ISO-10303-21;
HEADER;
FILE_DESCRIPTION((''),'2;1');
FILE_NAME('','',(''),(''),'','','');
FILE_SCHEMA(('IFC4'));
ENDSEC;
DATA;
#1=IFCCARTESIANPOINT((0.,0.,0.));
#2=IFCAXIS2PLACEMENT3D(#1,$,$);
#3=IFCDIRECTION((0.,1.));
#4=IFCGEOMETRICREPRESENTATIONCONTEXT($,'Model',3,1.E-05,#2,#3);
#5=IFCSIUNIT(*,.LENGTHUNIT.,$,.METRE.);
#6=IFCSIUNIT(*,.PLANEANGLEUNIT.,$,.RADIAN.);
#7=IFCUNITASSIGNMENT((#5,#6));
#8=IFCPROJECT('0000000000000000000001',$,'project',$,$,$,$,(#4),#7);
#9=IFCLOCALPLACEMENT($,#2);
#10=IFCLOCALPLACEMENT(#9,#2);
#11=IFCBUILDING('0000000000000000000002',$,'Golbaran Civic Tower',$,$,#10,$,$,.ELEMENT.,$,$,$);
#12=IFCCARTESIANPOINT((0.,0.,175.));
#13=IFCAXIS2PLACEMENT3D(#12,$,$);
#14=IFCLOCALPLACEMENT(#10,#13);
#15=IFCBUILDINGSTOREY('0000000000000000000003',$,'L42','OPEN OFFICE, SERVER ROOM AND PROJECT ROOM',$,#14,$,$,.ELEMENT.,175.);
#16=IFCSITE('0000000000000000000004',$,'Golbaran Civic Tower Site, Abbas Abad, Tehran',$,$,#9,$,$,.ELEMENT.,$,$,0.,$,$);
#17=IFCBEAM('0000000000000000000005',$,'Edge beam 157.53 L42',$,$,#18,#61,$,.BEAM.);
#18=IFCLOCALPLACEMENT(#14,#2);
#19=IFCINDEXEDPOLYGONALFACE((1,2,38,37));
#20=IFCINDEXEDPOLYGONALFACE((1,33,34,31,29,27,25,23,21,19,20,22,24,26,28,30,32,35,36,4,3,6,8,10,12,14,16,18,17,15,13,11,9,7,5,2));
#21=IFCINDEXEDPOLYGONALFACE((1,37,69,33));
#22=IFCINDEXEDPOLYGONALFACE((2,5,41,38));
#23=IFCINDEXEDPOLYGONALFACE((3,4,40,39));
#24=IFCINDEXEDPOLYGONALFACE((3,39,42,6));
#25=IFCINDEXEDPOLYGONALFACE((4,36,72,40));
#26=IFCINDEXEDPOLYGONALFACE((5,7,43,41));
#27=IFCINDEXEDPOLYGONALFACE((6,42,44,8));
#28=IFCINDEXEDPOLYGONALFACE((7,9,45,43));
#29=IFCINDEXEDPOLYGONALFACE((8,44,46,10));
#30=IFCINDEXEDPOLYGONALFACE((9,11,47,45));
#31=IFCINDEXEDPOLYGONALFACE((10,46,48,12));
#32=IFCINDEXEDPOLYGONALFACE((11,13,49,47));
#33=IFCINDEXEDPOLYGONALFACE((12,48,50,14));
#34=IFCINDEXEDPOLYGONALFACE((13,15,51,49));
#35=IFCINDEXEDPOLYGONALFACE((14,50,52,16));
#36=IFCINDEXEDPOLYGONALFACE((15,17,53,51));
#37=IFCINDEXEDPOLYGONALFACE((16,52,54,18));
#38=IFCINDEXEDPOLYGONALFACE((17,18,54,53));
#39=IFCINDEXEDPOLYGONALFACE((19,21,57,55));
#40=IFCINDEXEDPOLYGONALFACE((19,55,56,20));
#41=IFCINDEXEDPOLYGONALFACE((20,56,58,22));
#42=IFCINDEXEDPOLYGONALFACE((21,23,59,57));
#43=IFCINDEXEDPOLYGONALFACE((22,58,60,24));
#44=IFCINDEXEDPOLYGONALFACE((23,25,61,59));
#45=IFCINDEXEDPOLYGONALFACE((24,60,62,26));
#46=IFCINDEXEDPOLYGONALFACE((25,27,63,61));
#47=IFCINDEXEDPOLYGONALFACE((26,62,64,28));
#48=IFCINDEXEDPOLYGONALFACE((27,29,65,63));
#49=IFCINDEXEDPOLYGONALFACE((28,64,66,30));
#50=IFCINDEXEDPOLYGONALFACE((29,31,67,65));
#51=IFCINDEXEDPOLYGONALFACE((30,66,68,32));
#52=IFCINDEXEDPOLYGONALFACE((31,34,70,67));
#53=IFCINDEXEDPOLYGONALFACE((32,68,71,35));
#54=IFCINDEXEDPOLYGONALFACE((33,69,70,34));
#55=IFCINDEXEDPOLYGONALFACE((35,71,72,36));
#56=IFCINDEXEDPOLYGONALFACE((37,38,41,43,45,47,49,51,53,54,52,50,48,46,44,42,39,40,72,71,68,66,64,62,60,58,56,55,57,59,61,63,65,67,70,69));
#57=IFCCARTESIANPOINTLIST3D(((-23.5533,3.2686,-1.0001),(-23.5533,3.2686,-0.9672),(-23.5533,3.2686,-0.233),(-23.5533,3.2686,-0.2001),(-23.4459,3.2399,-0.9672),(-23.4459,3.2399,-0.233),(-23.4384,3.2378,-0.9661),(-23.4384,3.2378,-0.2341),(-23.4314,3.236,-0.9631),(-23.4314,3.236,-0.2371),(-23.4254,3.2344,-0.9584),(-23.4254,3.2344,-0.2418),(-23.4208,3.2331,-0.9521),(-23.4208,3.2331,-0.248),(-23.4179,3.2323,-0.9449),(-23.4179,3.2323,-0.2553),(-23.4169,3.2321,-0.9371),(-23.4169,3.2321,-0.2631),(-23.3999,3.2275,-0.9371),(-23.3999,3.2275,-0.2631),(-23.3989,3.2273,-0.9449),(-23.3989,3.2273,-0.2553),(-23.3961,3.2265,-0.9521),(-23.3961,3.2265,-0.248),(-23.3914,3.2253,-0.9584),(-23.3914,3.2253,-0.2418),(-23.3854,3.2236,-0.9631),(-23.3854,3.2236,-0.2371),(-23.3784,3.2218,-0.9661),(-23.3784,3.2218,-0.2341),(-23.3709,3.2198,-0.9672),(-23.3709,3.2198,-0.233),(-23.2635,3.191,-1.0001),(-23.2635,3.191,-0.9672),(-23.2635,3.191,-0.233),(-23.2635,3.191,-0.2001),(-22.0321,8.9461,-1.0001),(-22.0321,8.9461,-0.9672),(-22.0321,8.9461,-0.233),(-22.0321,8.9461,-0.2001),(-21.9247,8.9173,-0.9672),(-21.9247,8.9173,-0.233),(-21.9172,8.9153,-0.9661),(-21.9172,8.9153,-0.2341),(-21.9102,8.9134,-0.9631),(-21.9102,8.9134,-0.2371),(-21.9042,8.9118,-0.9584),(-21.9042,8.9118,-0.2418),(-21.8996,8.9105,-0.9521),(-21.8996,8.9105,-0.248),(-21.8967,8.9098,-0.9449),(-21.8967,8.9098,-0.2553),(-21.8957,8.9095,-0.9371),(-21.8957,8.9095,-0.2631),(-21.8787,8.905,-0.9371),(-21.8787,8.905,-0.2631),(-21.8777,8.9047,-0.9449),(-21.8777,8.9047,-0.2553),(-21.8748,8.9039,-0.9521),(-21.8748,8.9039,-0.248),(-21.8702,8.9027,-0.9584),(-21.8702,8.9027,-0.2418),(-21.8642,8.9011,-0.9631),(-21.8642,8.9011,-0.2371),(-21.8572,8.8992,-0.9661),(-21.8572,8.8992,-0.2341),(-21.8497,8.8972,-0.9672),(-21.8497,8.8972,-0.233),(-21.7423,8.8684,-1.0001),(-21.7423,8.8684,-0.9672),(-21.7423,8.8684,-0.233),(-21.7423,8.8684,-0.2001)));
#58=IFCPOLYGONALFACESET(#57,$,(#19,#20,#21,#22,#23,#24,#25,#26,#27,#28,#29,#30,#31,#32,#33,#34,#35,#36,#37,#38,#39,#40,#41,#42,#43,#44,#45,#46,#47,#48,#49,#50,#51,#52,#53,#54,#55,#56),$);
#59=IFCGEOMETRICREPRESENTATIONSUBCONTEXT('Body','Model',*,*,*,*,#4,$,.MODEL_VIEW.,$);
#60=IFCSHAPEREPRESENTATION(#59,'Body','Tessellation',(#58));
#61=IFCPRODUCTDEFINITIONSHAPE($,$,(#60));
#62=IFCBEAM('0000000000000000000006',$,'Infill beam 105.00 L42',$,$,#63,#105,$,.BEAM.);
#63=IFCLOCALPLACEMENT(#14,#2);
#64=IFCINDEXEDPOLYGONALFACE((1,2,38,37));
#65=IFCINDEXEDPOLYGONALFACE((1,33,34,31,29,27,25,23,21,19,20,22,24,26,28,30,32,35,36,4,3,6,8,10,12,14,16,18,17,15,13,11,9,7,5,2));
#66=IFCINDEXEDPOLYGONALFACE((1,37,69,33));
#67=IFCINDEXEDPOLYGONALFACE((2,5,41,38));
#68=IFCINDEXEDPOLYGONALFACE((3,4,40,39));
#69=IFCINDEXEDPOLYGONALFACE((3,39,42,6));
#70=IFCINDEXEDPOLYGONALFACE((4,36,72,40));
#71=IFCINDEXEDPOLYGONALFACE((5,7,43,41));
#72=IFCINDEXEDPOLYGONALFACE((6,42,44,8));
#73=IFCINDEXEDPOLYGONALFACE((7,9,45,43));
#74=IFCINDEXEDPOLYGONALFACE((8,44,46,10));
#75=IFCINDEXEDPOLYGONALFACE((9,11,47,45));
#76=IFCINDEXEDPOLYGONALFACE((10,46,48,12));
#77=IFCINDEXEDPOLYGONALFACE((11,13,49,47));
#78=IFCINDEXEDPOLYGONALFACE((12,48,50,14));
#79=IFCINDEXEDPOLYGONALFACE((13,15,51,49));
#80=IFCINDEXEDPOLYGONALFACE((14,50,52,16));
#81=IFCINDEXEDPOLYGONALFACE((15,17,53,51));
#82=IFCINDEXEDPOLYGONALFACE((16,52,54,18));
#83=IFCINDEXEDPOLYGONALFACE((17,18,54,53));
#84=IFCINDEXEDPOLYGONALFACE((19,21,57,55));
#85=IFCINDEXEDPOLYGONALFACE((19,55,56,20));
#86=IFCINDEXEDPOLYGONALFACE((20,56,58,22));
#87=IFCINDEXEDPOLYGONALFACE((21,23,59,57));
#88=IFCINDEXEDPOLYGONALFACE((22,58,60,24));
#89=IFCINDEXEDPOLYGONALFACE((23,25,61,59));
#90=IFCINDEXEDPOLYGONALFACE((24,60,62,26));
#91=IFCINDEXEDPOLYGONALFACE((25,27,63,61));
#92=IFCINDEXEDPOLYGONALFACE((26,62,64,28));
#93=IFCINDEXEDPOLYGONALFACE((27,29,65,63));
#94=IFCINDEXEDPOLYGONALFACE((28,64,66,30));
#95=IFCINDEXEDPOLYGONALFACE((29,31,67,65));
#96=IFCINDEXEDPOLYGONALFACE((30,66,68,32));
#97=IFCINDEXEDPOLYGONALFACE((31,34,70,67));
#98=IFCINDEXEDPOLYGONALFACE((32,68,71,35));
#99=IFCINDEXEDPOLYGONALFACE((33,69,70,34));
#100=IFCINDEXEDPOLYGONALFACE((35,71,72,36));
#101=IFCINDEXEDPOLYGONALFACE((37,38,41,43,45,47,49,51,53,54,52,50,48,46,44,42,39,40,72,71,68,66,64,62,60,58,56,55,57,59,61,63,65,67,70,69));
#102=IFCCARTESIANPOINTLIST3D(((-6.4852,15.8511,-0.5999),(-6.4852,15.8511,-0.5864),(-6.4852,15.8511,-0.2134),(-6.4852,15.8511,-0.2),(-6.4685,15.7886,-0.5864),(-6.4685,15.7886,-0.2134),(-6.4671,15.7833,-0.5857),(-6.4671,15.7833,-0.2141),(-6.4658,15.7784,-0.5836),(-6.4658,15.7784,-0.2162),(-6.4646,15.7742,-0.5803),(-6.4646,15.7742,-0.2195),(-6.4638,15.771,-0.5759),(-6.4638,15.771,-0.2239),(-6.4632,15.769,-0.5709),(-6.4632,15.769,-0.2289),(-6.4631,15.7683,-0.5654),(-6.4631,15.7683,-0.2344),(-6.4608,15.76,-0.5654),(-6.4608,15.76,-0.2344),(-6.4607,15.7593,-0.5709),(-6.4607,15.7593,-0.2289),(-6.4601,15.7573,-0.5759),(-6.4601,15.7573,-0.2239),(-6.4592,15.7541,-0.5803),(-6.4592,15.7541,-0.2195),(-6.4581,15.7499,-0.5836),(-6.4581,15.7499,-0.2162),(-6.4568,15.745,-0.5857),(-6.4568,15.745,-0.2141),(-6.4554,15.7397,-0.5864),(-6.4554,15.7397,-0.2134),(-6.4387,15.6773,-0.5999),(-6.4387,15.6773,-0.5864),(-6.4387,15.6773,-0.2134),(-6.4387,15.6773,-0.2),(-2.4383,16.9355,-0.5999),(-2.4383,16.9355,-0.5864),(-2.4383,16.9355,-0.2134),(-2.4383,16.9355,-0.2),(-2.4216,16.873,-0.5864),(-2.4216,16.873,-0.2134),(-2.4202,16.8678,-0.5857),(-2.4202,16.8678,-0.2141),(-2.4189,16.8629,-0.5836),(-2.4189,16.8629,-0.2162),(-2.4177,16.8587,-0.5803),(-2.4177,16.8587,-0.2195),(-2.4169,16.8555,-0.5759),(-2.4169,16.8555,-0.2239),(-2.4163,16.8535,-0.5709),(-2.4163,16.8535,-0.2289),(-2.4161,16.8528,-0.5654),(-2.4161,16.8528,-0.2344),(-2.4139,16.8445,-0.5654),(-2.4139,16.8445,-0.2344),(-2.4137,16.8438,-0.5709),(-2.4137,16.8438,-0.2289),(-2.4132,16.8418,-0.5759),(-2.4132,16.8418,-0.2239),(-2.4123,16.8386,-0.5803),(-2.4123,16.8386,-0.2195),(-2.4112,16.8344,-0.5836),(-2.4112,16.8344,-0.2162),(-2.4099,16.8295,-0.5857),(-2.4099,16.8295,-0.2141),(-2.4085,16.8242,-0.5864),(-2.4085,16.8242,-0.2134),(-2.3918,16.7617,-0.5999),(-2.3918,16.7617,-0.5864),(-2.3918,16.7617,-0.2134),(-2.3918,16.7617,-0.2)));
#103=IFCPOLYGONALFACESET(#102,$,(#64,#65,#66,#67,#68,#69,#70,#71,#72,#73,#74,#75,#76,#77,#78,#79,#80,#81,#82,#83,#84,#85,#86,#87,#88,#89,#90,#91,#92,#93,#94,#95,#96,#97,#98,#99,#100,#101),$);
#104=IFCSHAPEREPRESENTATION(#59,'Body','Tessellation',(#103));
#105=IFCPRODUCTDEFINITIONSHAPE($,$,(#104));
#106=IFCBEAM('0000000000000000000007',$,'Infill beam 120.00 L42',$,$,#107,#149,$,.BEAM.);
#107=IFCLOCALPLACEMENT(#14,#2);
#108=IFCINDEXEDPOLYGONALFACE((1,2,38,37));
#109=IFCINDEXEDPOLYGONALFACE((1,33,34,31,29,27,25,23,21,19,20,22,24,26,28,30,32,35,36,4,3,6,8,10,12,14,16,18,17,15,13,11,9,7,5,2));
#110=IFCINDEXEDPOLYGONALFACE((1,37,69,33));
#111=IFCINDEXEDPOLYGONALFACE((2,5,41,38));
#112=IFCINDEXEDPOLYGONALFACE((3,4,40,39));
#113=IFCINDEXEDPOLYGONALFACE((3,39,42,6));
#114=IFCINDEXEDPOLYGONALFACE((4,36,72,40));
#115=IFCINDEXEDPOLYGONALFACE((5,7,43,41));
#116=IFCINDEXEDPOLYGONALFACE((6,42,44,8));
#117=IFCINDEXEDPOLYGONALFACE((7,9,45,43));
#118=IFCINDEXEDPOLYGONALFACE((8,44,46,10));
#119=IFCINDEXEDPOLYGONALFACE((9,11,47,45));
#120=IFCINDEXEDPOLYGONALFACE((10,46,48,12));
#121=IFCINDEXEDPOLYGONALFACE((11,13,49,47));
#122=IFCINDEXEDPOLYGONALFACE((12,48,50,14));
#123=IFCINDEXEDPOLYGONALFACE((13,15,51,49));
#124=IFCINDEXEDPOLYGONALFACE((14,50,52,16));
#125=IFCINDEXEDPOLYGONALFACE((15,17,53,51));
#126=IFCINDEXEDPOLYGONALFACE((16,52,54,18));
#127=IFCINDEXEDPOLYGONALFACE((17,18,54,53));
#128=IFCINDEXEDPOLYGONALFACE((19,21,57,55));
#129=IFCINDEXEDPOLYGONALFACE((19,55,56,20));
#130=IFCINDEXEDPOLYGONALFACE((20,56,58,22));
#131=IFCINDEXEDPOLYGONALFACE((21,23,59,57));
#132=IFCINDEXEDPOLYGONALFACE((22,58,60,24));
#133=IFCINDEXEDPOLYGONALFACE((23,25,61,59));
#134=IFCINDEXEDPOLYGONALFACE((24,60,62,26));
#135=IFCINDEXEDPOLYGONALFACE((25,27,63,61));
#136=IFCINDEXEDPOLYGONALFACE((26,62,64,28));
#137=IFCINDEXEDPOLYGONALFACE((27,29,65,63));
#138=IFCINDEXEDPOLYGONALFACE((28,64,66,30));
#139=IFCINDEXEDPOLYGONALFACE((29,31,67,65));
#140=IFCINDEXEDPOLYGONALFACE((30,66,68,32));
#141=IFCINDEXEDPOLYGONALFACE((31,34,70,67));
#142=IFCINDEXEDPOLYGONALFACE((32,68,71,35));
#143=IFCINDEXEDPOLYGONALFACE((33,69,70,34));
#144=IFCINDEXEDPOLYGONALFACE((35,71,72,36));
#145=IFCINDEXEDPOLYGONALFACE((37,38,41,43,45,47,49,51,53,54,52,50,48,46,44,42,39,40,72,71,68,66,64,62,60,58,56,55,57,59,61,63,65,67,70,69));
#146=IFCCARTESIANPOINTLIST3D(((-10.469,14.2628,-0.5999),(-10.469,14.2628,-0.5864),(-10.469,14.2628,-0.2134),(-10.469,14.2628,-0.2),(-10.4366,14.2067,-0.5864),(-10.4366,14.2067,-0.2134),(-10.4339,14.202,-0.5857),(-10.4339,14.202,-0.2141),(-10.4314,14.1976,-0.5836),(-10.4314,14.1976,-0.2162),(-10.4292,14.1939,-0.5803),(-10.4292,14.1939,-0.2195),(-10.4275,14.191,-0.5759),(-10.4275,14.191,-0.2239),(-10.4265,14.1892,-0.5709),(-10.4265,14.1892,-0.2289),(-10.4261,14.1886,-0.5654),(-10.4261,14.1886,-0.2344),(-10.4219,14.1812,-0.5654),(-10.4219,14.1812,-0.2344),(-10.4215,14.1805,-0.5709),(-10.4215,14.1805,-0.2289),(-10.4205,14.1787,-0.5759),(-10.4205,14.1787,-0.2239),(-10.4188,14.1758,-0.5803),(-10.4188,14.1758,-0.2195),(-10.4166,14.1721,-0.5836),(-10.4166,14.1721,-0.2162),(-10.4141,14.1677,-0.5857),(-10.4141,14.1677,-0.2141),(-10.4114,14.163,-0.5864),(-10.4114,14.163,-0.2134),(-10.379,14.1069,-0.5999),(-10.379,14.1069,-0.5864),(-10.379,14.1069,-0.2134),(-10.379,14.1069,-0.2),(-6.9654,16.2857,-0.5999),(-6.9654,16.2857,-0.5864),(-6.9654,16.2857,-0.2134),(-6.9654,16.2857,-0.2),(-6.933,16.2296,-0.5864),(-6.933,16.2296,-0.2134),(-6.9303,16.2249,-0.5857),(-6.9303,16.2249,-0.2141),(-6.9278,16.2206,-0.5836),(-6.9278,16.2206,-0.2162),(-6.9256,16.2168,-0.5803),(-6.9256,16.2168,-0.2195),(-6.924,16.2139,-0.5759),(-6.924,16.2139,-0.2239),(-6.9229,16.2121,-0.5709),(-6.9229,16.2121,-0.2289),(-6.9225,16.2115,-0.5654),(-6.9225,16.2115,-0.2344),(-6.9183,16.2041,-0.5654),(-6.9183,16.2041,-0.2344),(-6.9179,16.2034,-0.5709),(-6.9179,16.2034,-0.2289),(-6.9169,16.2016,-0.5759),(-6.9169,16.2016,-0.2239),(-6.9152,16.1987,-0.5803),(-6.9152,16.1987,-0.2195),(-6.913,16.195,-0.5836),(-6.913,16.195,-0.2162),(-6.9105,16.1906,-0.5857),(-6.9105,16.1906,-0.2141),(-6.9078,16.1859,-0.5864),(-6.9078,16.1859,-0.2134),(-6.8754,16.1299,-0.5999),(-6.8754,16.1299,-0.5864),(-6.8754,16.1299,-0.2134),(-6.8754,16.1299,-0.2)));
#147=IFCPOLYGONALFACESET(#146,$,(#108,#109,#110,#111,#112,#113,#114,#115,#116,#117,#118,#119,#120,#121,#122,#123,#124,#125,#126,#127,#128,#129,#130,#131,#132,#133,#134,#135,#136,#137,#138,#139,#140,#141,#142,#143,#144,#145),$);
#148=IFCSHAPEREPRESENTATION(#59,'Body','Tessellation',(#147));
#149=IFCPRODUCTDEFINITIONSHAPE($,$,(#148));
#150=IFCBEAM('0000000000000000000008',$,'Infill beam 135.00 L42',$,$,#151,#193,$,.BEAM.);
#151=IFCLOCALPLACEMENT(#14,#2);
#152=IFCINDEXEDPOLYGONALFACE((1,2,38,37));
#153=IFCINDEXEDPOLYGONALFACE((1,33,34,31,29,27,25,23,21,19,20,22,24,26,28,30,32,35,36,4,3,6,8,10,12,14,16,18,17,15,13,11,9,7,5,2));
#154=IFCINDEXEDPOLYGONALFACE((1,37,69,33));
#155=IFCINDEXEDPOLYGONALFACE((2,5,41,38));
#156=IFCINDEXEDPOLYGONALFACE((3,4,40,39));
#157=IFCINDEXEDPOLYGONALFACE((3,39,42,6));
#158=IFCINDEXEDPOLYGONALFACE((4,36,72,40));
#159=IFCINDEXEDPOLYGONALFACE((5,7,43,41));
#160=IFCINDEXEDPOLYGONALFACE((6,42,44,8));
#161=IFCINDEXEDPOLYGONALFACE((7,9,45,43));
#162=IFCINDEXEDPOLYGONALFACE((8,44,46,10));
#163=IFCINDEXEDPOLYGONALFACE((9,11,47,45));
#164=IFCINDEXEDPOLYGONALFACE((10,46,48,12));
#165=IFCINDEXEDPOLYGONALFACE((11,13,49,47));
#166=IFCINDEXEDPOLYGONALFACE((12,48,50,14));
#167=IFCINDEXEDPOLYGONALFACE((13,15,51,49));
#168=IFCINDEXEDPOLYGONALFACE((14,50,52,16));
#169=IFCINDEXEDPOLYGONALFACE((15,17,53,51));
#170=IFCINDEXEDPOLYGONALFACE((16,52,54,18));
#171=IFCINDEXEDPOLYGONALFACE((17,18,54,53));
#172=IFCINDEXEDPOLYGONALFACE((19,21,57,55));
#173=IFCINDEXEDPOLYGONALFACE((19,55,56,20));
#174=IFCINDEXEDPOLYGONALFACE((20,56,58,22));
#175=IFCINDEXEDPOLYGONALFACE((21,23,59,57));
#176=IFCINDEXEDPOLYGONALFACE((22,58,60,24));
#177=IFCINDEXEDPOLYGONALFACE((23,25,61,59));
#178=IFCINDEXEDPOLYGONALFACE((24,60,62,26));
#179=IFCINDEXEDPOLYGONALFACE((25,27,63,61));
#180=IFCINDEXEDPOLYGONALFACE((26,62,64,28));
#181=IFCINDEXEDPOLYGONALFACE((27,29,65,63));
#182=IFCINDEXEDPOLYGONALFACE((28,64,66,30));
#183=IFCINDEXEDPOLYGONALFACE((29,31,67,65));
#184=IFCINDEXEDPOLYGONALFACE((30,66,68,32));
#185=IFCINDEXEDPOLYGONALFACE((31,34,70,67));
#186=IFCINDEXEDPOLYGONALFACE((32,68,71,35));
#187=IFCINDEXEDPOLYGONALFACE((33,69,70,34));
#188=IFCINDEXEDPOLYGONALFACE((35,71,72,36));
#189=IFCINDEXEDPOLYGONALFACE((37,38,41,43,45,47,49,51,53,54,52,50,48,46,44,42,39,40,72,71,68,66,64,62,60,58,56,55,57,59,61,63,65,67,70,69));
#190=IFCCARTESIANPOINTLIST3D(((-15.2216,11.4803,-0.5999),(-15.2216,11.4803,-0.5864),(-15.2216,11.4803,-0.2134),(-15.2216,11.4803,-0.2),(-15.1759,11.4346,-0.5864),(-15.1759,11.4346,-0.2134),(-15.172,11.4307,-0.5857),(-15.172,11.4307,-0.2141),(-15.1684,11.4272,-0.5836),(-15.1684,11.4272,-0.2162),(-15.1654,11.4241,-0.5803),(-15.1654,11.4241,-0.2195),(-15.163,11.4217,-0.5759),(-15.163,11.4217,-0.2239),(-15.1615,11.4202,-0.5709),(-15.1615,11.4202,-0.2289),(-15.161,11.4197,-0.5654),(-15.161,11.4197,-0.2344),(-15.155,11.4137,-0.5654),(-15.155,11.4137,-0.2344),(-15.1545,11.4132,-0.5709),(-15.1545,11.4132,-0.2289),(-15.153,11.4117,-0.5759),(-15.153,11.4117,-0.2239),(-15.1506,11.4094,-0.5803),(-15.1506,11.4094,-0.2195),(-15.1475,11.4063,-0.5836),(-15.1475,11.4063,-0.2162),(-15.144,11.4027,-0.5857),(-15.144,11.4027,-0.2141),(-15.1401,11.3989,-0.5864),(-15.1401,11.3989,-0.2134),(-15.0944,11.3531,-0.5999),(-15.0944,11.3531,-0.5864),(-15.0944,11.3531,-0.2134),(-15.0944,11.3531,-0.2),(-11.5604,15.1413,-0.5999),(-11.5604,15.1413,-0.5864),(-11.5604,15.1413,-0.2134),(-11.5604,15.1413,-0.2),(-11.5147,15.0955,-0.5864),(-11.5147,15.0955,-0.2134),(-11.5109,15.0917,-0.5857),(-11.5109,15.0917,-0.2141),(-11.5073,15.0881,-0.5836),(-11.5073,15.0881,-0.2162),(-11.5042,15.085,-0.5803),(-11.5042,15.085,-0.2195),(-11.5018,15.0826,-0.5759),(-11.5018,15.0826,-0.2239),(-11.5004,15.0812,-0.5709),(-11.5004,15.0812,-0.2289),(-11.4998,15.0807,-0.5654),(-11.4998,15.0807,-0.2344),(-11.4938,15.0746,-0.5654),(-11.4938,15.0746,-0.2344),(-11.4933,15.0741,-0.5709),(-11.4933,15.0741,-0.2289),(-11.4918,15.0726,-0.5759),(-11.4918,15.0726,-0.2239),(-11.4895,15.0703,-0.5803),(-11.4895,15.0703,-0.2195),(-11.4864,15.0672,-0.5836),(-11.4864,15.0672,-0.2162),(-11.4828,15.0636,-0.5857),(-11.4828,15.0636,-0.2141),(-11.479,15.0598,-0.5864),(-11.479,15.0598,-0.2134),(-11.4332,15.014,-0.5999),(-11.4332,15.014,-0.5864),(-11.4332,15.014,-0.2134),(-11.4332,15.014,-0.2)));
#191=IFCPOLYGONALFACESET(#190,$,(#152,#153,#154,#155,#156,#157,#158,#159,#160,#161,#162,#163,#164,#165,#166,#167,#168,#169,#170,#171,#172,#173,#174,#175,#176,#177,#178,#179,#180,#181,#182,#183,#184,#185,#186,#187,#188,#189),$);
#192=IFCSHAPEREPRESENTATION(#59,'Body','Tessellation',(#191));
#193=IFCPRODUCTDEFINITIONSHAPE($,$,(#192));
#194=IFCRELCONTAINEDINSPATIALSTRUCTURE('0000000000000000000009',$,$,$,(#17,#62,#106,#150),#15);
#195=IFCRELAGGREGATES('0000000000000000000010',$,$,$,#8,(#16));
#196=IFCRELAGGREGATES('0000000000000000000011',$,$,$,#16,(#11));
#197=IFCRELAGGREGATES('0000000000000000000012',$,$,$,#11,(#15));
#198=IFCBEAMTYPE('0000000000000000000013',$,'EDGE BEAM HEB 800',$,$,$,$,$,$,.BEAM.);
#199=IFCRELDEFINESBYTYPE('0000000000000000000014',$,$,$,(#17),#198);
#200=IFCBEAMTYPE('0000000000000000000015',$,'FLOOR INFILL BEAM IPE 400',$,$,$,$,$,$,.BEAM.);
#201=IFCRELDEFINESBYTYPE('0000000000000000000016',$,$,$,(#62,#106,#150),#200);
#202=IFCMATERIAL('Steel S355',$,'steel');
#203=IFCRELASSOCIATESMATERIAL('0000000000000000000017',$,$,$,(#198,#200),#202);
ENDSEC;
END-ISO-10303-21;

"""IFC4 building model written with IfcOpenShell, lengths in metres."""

from ifc_helpers import new_model, si_unit, direction, frame, origin, origin_2d, place, context, subcontext, project, spatial, i_section, extrude, material, material_profile, profile_set, type_object, element, save


model = new_model("IFC4")

# Units and contexts
model_context = context("Model", 3, precision=1e-05, world=origin(), true_north=direction((0.0, 1.0)))
body_context = subcontext(model_context, "Body", "Model", "MODEL_VIEW")
ifc_project = project(units=[si_unit("LENGTHUNIT", "METRE"), si_unit("PLANEANGLEUNIT", "RADIAN")], contexts=[model_context])

# Site, building, storey
site_placement = place(None, origin())
site = spatial("IfcSite", under=ifc_project, at=site_placement, Name="Golbaran Civic Tower Site, Abbas Abad, Tehran", CompositionType="ELEMENT", RefElevation=0.0)
building_placement = place(site_placement, origin())
building = spatial("IfcBuilding", under=site, at=building_placement, Name="Golbaran Civic Tower", CompositionType="ELEMENT")
storey_placement = place(building_placement, frame((0.0, 0.0, 175.0)))
storey = spatial("IfcBuildingStorey", under=building, at=storey_placement, Name="L42", Description="OPEN OFFICE, SERVER ROOM AND PROJECT ROOM", CompositionType="ELEMENT", Elevation=175.0)

# Beams
ifc_material_1 = material(Name="Steel S355", Category="steel")
ifc_material_profile_1 = material_profile(ifc_material_1, i_section(OverallWidth=0.3, OverallDepth=0.8, WebThickness=0.0176, FlangeThickness=0.033, FilletRadius=0.03, at=origin_2d()), Name="HEB 800")
ifc_profile_set_1 = profile_set([ifc_material_profile_1], Name="Steel S355")
beam_type_1 = type_object("IfcBeamType", Name="EDGE BEAM HEB 800", PredefinedType="BEAM", material=ifc_profile_set_1)
beam_1_placement = place(storey_placement, frame((-21.8872, 8.9072, -0.6001), z_axis=(-0.258813, -0.965927, 0.0), x_axis=(0.965927, -0.258813, 0.0)))
element("IfcBeam", 1, at=beam_1_placement, inside=storey, type_object=beam_type_1, Name="Edge beam 157.53 L42", PredefinedType="BEAM", context=body_context, shape_type="SweptSolid", body=[
    extrude(i_section(OverallWidth=0.3, OverallDepth=0.8, WebThickness=0.0176, FlangeThickness=0.033, FilletRadius=0.03, at=origin_2d()), origin(), (0.0, 0.0, 1.0), 5.8777),
])
ifc_material_profile_2 = material_profile(ifc_material_1, i_section(OverallWidth=0.1799, OverallDepth=0.3999, WebThickness=0.0085, FlangeThickness=0.0134, FilletRadius=0.021, at=origin_2d()), Name="IPE 400")
ifc_profile_set_2 = profile_set([ifc_material_profile_2], Name="Steel S355")
beam_type_2 = type_object("IfcBeamType", Name="FLOOR INFILL BEAM IPE 400", PredefinedType="BEAM", material=ifc_profile_set_2)
beam_2_placement = place(storey_placement, frame((-2.415, 16.8486, -0.3999), z_axis=(-0.965919, -0.258845, 0.0), x_axis=(0.258845, -0.965919, 0.0)))
element("IfcBeam", 2, at=beam_2_placement, inside=storey, type_object=beam_type_2, Name="Infill beam 105.00 L42", PredefinedType="BEAM", context=body_context, shape_type="SweptSolid", body=[
    extrude(i_section(OverallWidth=0.1799, OverallDepth=0.3999, WebThickness=0.0085, FlangeThickness=0.0134, FilletRadius=0.021, at=origin_2d()), origin(), (0.0, 0.0, 1.0), 4.1897),
])
beam_3_placement = place(storey_placement, frame((-6.9204, 16.2078, -0.3999), z_axis=(-0.866014, -0.50002, 0.0), x_axis=(0.50002, -0.866014, 0.0)))
element("IfcBeam", 3, at=beam_3_placement, inside=storey, type_object=beam_type_2, Name="Infill beam 120.00 L42", PredefinedType="BEAM", context=body_context, shape_type="SweptSolid", body=[
    extrude(i_section(OverallWidth=0.1799, OverallDepth=0.3999, WebThickness=0.0085, FlangeThickness=0.0134, FilletRadius=0.021, at=origin_2d()), origin(), (0.0, 0.0, 1.0), 4.0457),
])
beam_4_placement = place(storey_placement, frame((-11.4968, 15.0776, -0.3999), z_axis=(-0.70713, -0.707083, 0.0), x_axis=(0.707083, -0.70713, 0.0)))
element("IfcBeam", 4, at=beam_4_placement, inside=storey, type_object=beam_type_2, Name="Infill beam 135.00 L42", PredefinedType="BEAM", context=body_context, shape_type="SweptSolid", body=[
    extrude(i_section(OverallWidth=0.1799, OverallDepth=0.3999, WebThickness=0.0085, FlangeThickness=0.0134, FilletRadius=0.021, at=origin_2d()), origin(), (0.0, 0.0, 1.0), 5.1775),
])

save(model, "model.ifc")
